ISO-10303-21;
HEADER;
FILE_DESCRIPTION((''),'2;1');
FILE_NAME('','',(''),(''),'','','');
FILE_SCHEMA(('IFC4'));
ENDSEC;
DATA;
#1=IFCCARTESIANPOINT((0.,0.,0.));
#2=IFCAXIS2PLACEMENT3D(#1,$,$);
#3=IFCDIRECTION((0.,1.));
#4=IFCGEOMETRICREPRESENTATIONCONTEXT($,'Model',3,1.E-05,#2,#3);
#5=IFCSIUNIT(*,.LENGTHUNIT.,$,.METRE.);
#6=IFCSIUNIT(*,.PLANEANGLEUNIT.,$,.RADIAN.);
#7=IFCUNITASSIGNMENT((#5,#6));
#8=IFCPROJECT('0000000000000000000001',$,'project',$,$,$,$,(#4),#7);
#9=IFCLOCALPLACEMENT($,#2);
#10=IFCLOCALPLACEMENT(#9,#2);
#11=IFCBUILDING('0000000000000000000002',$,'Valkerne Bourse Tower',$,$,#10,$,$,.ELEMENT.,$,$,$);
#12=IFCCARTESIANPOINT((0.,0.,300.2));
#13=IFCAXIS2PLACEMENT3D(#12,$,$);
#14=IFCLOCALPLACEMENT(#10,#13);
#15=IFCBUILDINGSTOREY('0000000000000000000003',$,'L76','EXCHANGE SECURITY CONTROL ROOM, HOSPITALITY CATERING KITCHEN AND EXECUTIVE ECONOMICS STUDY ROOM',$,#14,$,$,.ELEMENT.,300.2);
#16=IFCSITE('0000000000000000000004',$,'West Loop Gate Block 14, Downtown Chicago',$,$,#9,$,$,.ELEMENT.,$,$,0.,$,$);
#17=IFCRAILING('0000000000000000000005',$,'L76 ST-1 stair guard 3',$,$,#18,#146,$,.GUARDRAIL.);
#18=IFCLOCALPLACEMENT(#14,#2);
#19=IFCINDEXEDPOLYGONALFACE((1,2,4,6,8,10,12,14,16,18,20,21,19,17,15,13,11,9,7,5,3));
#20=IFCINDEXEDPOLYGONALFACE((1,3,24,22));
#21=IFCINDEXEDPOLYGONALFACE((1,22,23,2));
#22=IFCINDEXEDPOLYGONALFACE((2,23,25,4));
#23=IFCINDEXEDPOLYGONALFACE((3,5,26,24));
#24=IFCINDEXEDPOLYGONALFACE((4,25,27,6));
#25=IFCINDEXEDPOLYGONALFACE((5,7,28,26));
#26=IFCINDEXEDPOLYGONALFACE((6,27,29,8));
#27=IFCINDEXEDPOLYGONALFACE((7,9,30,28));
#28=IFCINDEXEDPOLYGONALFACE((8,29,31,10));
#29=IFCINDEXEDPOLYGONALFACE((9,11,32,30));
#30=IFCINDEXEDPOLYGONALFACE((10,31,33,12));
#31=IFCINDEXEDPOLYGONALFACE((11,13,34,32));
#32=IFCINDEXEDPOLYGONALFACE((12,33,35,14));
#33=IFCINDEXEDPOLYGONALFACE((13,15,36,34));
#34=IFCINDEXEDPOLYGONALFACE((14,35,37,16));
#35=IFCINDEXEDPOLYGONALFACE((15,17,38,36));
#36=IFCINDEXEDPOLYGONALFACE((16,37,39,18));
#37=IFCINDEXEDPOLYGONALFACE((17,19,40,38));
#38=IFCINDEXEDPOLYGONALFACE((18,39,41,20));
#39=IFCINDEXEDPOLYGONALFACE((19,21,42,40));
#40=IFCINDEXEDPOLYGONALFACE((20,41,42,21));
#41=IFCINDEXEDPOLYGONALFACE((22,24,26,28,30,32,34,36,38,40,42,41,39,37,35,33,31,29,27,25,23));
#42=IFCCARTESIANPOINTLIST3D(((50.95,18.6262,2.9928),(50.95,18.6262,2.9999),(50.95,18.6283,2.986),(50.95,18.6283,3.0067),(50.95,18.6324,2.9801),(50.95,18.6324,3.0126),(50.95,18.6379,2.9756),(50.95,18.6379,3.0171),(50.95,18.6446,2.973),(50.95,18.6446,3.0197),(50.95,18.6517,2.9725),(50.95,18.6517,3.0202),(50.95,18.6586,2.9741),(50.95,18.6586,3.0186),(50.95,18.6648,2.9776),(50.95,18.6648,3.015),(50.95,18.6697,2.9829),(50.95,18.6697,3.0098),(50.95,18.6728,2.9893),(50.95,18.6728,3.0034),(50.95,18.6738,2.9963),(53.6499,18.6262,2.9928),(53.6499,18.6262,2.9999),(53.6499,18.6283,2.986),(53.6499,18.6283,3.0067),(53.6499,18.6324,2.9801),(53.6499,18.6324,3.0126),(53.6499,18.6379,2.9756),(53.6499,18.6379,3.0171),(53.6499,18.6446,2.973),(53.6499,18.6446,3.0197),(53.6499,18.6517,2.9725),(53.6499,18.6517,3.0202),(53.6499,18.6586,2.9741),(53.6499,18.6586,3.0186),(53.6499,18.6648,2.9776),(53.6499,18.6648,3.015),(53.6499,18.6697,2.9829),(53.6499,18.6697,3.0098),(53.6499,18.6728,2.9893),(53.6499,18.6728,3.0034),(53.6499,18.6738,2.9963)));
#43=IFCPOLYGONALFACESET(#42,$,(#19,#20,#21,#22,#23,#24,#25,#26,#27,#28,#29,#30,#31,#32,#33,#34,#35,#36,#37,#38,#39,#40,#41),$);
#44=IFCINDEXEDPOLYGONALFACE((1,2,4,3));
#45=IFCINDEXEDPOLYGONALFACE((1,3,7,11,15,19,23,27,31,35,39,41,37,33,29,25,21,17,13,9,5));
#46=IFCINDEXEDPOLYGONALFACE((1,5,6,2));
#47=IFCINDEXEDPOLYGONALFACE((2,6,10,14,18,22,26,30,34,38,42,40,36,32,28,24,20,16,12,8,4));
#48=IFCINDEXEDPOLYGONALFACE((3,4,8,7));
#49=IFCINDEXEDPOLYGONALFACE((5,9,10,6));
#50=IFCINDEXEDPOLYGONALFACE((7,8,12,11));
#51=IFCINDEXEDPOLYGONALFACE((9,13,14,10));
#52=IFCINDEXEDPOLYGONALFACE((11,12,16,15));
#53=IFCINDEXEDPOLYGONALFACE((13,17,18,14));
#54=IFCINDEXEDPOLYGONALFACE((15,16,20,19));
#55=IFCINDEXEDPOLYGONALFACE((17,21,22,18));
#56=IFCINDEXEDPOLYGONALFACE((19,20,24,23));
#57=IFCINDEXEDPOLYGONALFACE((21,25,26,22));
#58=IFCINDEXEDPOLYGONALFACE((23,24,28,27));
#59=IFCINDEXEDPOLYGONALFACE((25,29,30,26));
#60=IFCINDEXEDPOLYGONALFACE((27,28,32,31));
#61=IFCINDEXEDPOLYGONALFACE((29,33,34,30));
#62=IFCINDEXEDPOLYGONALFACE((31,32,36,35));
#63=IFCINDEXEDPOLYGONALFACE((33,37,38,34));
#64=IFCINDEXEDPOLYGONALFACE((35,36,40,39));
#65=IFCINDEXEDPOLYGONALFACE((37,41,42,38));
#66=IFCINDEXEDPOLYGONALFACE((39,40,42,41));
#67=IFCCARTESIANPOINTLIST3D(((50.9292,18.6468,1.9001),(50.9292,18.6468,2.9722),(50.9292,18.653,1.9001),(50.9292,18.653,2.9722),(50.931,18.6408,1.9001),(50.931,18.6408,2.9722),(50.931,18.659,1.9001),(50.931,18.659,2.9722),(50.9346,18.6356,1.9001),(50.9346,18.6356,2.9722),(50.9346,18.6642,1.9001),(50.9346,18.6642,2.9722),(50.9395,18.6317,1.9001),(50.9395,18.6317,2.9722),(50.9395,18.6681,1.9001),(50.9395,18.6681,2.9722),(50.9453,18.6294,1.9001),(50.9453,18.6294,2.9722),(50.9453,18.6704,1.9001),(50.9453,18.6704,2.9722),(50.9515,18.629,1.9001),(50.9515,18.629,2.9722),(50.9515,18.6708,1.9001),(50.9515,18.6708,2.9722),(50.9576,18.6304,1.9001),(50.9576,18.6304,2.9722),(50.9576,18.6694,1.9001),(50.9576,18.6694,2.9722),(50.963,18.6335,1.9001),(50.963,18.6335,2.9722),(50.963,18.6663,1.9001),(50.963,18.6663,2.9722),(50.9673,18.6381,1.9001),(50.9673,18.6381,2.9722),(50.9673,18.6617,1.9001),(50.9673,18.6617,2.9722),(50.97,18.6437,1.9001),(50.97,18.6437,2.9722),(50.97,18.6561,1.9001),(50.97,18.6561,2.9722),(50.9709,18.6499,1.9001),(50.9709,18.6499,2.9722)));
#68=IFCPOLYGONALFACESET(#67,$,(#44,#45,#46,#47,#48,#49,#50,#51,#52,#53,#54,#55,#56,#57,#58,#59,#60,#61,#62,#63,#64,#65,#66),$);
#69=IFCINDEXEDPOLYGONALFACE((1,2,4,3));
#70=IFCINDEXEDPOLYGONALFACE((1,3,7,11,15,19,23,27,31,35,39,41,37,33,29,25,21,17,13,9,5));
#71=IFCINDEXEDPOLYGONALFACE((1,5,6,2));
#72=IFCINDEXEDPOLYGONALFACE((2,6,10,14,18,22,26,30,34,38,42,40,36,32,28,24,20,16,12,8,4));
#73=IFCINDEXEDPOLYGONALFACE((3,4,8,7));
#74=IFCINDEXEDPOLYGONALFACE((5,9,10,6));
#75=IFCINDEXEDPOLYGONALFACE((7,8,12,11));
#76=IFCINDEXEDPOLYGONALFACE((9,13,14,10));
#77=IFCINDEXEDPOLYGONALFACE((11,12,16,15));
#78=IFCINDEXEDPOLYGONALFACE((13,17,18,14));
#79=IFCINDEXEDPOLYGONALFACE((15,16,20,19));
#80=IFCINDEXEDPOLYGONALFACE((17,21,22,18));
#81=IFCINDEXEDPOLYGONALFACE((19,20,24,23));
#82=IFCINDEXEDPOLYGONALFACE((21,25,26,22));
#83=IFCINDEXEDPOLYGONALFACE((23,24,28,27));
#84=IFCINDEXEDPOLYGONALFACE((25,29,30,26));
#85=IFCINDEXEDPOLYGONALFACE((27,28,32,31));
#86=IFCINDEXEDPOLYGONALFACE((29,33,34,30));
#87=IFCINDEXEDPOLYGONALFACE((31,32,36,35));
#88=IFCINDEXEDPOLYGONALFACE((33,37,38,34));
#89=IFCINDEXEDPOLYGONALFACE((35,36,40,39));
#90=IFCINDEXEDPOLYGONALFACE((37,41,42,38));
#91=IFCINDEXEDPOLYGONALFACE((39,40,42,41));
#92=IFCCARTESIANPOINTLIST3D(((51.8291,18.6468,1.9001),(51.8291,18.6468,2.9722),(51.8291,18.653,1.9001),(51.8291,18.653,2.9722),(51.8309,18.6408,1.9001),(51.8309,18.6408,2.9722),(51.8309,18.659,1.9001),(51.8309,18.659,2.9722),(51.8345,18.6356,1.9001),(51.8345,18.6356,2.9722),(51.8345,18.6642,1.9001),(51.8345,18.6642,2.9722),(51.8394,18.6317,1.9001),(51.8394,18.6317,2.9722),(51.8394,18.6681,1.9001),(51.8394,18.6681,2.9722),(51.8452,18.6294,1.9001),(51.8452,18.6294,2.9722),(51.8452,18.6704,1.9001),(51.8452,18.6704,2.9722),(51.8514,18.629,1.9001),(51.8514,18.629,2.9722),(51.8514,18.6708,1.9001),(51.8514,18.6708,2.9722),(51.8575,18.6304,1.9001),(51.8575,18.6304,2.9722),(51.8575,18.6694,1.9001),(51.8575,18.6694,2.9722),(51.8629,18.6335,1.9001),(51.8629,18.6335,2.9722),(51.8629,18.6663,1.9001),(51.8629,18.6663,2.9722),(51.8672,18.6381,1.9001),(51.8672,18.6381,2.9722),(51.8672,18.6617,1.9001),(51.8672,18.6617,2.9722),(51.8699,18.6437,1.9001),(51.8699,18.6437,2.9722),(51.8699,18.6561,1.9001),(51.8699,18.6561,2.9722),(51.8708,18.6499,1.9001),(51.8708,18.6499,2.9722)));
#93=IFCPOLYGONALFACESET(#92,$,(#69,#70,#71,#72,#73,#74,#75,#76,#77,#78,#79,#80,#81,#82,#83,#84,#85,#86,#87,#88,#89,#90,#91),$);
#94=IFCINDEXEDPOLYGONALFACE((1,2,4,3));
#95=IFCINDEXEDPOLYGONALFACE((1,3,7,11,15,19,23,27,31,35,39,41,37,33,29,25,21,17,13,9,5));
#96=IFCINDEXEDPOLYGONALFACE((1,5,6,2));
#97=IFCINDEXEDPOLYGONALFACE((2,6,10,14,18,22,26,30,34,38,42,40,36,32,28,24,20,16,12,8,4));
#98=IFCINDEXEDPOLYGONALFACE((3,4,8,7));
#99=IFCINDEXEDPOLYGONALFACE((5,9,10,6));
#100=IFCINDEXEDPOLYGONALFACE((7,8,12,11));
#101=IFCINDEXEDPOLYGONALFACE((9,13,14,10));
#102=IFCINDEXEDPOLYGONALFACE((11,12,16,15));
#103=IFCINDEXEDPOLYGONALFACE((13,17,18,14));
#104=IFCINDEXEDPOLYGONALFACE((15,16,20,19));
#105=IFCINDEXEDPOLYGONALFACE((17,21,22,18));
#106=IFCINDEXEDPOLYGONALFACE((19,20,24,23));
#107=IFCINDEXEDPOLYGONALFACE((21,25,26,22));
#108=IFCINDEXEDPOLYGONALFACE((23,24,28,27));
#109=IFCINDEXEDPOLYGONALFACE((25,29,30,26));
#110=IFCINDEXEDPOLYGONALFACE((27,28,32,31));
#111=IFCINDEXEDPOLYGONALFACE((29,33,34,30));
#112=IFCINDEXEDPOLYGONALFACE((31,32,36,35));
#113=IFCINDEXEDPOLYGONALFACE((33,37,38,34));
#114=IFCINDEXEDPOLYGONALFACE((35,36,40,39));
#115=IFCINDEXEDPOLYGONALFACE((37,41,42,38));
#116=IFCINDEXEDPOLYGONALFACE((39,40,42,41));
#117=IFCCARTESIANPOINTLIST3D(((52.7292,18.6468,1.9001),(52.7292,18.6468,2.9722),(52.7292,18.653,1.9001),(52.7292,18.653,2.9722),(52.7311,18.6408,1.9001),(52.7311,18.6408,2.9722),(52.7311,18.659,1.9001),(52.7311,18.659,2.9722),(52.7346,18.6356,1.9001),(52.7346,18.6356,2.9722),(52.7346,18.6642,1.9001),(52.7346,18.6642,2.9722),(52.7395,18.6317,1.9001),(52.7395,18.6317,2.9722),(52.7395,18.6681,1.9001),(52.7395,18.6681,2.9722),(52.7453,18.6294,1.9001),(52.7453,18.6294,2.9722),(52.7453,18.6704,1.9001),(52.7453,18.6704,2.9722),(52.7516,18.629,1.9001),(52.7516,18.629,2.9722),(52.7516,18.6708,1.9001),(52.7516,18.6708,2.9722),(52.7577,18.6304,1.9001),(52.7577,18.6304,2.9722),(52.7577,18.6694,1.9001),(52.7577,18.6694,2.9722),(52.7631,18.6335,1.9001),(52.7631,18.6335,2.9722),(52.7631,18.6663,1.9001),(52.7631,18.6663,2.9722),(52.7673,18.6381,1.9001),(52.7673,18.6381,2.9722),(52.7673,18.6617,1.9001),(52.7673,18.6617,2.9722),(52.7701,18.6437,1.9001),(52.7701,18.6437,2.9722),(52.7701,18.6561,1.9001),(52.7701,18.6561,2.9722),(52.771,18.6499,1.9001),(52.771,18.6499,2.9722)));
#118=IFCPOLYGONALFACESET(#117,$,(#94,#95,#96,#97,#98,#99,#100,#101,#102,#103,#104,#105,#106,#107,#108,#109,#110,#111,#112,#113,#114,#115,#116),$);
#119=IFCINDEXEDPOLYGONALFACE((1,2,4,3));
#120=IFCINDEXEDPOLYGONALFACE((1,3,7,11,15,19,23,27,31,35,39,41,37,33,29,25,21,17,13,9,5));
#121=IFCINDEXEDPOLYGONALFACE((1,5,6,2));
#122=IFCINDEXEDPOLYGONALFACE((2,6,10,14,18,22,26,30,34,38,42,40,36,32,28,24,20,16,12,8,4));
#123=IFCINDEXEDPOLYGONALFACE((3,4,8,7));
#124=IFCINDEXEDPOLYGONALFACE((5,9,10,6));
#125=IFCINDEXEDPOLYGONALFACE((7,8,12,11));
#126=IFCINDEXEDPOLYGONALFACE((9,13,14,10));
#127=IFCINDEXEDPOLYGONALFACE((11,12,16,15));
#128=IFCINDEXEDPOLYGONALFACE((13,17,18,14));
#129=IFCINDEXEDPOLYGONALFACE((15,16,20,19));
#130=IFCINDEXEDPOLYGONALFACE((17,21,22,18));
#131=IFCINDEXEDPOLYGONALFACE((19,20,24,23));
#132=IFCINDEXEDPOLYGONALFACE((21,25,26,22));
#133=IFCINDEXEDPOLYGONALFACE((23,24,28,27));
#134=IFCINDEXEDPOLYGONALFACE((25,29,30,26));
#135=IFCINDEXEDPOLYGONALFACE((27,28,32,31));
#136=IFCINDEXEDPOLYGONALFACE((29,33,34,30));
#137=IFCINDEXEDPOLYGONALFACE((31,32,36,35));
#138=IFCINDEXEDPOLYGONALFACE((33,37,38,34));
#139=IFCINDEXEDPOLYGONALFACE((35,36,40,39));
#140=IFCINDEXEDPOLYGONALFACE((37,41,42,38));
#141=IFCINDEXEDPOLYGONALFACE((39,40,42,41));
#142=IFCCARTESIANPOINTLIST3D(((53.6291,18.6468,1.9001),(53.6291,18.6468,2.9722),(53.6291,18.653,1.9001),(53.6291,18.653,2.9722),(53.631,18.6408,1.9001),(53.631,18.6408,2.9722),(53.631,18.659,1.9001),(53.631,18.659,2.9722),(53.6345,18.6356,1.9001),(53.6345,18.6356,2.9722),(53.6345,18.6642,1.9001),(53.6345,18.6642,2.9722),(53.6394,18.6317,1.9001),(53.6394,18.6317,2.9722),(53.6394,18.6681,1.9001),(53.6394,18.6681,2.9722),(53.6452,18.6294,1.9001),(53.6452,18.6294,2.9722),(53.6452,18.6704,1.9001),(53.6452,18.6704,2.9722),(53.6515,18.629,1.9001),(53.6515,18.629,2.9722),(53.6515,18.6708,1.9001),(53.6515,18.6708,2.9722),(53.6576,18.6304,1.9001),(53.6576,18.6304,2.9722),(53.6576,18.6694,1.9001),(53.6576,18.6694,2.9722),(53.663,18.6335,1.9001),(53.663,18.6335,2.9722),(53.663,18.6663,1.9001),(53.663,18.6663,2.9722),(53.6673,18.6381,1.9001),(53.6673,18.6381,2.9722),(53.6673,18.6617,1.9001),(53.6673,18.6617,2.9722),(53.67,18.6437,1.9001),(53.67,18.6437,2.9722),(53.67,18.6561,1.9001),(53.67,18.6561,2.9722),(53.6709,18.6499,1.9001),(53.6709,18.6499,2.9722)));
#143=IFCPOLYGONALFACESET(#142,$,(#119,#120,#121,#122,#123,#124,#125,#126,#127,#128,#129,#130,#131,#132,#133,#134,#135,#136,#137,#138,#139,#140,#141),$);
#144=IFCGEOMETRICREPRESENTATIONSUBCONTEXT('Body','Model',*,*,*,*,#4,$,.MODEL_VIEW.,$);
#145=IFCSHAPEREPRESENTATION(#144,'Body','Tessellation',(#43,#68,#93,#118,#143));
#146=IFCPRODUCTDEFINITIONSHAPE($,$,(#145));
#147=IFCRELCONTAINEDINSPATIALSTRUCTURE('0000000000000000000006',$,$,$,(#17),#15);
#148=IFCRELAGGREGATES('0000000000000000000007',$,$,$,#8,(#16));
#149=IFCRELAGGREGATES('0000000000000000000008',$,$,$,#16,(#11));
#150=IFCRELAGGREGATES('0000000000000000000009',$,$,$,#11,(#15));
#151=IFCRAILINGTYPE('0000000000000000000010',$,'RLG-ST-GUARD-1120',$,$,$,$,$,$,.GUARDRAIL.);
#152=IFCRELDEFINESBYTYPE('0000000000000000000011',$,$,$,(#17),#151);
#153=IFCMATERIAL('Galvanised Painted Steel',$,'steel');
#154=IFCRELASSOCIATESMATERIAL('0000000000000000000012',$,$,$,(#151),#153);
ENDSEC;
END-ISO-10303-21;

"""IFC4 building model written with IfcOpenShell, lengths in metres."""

from ifc_helpers import new_model, si_unit, direction, frame, origin, origin_2d, place, context, subcontext, project, spatial, circle, extrude, material, type_object, element, save


model = new_model("IFC4")

# Units and contexts
model_context = context("Model", 3, precision=1e-05, world=origin(), true_north=direction((0.0, 1.0)))
body_context = subcontext(model_context, "Body", "Model", "MODEL_VIEW")
ifc_project = project(units=[si_unit("LENGTHUNIT", "METRE"), si_unit("PLANEANGLEUNIT", "RADIAN")], contexts=[model_context])

# Site, building, storey
site_placement = place(None, origin())
site = spatial("IfcSite", under=ifc_project, at=site_placement, Name="West Loop Gate Block 14, Downtown Chicago", CompositionType="ELEMENT", RefElevation=0.0)
building_placement = place(site_placement, origin())
building = spatial("IfcBuilding", under=site, at=building_placement, Name="Valkerne Bourse Tower", CompositionType="ELEMENT")
storey_placement = place(building_placement, frame((0.0, 0.0, 300.2)))
storey = spatial("IfcBuildingStorey", under=building, at=storey_placement, Name="L76", Description="EXCHANGE SECURITY CONTROL ROOM, HOSPITALITY CATERING KITCHEN AND EXECUTIVE ECONOMICS STUDY ROOM", CompositionType="ELEMENT", Elevation=300.2)

# Shared definitions
ifc_material_1 = material(Name="Galvanised Painted Steel", Category="steel")

# Railing
railing_type_1 = type_object("IfcRailingType", Name="RLG-ST-GUARD-1120", PredefinedType="GUARDRAIL", material=ifc_material_1)
for number, where, name in (
    (1, (50.95, 18.6499, 1.9001), "L76 ST-1 stair guard 3"),
):
    element("IfcRailing", number, at=place(storey_placement, frame(where)), inside=storey, type_object=railing_type_1, Name=name, PredefinedType="GUARDRAIL", context=body_context, shape_type="SweptSolid", body=[
        extrude(circle(Radius=0.0239, at=origin_2d()), frame((0.0, 0.0, 1.0962), z_axis=(1.0, 0.0, 0.0), x_axis=(0.0, 1.0, 0.0)), (0.0, 0.0, 1.0), 2.7),
        extrude(circle(Radius=0.021, at=origin_2d()), origin(), (0.0, 0.0, 1.0), 1.072),
        extrude(circle(Radius=0.021, at=origin_2d()), frame((0.8999, 0.0, 0.0)), (0.0, 0.0, 1.0), 1.072),
        extrude(circle(Radius=0.021, at=origin_2d()), frame((1.8, 0.0, 0.0)), (0.0, 0.0, 1.0), 1.072),
        extrude(circle(Radius=0.021, at=origin_2d()), frame((2.7, 0.0, 0.0)), (0.0, 0.0, 1.0), 1.072),
    ])

save(model, "model.ifc")
